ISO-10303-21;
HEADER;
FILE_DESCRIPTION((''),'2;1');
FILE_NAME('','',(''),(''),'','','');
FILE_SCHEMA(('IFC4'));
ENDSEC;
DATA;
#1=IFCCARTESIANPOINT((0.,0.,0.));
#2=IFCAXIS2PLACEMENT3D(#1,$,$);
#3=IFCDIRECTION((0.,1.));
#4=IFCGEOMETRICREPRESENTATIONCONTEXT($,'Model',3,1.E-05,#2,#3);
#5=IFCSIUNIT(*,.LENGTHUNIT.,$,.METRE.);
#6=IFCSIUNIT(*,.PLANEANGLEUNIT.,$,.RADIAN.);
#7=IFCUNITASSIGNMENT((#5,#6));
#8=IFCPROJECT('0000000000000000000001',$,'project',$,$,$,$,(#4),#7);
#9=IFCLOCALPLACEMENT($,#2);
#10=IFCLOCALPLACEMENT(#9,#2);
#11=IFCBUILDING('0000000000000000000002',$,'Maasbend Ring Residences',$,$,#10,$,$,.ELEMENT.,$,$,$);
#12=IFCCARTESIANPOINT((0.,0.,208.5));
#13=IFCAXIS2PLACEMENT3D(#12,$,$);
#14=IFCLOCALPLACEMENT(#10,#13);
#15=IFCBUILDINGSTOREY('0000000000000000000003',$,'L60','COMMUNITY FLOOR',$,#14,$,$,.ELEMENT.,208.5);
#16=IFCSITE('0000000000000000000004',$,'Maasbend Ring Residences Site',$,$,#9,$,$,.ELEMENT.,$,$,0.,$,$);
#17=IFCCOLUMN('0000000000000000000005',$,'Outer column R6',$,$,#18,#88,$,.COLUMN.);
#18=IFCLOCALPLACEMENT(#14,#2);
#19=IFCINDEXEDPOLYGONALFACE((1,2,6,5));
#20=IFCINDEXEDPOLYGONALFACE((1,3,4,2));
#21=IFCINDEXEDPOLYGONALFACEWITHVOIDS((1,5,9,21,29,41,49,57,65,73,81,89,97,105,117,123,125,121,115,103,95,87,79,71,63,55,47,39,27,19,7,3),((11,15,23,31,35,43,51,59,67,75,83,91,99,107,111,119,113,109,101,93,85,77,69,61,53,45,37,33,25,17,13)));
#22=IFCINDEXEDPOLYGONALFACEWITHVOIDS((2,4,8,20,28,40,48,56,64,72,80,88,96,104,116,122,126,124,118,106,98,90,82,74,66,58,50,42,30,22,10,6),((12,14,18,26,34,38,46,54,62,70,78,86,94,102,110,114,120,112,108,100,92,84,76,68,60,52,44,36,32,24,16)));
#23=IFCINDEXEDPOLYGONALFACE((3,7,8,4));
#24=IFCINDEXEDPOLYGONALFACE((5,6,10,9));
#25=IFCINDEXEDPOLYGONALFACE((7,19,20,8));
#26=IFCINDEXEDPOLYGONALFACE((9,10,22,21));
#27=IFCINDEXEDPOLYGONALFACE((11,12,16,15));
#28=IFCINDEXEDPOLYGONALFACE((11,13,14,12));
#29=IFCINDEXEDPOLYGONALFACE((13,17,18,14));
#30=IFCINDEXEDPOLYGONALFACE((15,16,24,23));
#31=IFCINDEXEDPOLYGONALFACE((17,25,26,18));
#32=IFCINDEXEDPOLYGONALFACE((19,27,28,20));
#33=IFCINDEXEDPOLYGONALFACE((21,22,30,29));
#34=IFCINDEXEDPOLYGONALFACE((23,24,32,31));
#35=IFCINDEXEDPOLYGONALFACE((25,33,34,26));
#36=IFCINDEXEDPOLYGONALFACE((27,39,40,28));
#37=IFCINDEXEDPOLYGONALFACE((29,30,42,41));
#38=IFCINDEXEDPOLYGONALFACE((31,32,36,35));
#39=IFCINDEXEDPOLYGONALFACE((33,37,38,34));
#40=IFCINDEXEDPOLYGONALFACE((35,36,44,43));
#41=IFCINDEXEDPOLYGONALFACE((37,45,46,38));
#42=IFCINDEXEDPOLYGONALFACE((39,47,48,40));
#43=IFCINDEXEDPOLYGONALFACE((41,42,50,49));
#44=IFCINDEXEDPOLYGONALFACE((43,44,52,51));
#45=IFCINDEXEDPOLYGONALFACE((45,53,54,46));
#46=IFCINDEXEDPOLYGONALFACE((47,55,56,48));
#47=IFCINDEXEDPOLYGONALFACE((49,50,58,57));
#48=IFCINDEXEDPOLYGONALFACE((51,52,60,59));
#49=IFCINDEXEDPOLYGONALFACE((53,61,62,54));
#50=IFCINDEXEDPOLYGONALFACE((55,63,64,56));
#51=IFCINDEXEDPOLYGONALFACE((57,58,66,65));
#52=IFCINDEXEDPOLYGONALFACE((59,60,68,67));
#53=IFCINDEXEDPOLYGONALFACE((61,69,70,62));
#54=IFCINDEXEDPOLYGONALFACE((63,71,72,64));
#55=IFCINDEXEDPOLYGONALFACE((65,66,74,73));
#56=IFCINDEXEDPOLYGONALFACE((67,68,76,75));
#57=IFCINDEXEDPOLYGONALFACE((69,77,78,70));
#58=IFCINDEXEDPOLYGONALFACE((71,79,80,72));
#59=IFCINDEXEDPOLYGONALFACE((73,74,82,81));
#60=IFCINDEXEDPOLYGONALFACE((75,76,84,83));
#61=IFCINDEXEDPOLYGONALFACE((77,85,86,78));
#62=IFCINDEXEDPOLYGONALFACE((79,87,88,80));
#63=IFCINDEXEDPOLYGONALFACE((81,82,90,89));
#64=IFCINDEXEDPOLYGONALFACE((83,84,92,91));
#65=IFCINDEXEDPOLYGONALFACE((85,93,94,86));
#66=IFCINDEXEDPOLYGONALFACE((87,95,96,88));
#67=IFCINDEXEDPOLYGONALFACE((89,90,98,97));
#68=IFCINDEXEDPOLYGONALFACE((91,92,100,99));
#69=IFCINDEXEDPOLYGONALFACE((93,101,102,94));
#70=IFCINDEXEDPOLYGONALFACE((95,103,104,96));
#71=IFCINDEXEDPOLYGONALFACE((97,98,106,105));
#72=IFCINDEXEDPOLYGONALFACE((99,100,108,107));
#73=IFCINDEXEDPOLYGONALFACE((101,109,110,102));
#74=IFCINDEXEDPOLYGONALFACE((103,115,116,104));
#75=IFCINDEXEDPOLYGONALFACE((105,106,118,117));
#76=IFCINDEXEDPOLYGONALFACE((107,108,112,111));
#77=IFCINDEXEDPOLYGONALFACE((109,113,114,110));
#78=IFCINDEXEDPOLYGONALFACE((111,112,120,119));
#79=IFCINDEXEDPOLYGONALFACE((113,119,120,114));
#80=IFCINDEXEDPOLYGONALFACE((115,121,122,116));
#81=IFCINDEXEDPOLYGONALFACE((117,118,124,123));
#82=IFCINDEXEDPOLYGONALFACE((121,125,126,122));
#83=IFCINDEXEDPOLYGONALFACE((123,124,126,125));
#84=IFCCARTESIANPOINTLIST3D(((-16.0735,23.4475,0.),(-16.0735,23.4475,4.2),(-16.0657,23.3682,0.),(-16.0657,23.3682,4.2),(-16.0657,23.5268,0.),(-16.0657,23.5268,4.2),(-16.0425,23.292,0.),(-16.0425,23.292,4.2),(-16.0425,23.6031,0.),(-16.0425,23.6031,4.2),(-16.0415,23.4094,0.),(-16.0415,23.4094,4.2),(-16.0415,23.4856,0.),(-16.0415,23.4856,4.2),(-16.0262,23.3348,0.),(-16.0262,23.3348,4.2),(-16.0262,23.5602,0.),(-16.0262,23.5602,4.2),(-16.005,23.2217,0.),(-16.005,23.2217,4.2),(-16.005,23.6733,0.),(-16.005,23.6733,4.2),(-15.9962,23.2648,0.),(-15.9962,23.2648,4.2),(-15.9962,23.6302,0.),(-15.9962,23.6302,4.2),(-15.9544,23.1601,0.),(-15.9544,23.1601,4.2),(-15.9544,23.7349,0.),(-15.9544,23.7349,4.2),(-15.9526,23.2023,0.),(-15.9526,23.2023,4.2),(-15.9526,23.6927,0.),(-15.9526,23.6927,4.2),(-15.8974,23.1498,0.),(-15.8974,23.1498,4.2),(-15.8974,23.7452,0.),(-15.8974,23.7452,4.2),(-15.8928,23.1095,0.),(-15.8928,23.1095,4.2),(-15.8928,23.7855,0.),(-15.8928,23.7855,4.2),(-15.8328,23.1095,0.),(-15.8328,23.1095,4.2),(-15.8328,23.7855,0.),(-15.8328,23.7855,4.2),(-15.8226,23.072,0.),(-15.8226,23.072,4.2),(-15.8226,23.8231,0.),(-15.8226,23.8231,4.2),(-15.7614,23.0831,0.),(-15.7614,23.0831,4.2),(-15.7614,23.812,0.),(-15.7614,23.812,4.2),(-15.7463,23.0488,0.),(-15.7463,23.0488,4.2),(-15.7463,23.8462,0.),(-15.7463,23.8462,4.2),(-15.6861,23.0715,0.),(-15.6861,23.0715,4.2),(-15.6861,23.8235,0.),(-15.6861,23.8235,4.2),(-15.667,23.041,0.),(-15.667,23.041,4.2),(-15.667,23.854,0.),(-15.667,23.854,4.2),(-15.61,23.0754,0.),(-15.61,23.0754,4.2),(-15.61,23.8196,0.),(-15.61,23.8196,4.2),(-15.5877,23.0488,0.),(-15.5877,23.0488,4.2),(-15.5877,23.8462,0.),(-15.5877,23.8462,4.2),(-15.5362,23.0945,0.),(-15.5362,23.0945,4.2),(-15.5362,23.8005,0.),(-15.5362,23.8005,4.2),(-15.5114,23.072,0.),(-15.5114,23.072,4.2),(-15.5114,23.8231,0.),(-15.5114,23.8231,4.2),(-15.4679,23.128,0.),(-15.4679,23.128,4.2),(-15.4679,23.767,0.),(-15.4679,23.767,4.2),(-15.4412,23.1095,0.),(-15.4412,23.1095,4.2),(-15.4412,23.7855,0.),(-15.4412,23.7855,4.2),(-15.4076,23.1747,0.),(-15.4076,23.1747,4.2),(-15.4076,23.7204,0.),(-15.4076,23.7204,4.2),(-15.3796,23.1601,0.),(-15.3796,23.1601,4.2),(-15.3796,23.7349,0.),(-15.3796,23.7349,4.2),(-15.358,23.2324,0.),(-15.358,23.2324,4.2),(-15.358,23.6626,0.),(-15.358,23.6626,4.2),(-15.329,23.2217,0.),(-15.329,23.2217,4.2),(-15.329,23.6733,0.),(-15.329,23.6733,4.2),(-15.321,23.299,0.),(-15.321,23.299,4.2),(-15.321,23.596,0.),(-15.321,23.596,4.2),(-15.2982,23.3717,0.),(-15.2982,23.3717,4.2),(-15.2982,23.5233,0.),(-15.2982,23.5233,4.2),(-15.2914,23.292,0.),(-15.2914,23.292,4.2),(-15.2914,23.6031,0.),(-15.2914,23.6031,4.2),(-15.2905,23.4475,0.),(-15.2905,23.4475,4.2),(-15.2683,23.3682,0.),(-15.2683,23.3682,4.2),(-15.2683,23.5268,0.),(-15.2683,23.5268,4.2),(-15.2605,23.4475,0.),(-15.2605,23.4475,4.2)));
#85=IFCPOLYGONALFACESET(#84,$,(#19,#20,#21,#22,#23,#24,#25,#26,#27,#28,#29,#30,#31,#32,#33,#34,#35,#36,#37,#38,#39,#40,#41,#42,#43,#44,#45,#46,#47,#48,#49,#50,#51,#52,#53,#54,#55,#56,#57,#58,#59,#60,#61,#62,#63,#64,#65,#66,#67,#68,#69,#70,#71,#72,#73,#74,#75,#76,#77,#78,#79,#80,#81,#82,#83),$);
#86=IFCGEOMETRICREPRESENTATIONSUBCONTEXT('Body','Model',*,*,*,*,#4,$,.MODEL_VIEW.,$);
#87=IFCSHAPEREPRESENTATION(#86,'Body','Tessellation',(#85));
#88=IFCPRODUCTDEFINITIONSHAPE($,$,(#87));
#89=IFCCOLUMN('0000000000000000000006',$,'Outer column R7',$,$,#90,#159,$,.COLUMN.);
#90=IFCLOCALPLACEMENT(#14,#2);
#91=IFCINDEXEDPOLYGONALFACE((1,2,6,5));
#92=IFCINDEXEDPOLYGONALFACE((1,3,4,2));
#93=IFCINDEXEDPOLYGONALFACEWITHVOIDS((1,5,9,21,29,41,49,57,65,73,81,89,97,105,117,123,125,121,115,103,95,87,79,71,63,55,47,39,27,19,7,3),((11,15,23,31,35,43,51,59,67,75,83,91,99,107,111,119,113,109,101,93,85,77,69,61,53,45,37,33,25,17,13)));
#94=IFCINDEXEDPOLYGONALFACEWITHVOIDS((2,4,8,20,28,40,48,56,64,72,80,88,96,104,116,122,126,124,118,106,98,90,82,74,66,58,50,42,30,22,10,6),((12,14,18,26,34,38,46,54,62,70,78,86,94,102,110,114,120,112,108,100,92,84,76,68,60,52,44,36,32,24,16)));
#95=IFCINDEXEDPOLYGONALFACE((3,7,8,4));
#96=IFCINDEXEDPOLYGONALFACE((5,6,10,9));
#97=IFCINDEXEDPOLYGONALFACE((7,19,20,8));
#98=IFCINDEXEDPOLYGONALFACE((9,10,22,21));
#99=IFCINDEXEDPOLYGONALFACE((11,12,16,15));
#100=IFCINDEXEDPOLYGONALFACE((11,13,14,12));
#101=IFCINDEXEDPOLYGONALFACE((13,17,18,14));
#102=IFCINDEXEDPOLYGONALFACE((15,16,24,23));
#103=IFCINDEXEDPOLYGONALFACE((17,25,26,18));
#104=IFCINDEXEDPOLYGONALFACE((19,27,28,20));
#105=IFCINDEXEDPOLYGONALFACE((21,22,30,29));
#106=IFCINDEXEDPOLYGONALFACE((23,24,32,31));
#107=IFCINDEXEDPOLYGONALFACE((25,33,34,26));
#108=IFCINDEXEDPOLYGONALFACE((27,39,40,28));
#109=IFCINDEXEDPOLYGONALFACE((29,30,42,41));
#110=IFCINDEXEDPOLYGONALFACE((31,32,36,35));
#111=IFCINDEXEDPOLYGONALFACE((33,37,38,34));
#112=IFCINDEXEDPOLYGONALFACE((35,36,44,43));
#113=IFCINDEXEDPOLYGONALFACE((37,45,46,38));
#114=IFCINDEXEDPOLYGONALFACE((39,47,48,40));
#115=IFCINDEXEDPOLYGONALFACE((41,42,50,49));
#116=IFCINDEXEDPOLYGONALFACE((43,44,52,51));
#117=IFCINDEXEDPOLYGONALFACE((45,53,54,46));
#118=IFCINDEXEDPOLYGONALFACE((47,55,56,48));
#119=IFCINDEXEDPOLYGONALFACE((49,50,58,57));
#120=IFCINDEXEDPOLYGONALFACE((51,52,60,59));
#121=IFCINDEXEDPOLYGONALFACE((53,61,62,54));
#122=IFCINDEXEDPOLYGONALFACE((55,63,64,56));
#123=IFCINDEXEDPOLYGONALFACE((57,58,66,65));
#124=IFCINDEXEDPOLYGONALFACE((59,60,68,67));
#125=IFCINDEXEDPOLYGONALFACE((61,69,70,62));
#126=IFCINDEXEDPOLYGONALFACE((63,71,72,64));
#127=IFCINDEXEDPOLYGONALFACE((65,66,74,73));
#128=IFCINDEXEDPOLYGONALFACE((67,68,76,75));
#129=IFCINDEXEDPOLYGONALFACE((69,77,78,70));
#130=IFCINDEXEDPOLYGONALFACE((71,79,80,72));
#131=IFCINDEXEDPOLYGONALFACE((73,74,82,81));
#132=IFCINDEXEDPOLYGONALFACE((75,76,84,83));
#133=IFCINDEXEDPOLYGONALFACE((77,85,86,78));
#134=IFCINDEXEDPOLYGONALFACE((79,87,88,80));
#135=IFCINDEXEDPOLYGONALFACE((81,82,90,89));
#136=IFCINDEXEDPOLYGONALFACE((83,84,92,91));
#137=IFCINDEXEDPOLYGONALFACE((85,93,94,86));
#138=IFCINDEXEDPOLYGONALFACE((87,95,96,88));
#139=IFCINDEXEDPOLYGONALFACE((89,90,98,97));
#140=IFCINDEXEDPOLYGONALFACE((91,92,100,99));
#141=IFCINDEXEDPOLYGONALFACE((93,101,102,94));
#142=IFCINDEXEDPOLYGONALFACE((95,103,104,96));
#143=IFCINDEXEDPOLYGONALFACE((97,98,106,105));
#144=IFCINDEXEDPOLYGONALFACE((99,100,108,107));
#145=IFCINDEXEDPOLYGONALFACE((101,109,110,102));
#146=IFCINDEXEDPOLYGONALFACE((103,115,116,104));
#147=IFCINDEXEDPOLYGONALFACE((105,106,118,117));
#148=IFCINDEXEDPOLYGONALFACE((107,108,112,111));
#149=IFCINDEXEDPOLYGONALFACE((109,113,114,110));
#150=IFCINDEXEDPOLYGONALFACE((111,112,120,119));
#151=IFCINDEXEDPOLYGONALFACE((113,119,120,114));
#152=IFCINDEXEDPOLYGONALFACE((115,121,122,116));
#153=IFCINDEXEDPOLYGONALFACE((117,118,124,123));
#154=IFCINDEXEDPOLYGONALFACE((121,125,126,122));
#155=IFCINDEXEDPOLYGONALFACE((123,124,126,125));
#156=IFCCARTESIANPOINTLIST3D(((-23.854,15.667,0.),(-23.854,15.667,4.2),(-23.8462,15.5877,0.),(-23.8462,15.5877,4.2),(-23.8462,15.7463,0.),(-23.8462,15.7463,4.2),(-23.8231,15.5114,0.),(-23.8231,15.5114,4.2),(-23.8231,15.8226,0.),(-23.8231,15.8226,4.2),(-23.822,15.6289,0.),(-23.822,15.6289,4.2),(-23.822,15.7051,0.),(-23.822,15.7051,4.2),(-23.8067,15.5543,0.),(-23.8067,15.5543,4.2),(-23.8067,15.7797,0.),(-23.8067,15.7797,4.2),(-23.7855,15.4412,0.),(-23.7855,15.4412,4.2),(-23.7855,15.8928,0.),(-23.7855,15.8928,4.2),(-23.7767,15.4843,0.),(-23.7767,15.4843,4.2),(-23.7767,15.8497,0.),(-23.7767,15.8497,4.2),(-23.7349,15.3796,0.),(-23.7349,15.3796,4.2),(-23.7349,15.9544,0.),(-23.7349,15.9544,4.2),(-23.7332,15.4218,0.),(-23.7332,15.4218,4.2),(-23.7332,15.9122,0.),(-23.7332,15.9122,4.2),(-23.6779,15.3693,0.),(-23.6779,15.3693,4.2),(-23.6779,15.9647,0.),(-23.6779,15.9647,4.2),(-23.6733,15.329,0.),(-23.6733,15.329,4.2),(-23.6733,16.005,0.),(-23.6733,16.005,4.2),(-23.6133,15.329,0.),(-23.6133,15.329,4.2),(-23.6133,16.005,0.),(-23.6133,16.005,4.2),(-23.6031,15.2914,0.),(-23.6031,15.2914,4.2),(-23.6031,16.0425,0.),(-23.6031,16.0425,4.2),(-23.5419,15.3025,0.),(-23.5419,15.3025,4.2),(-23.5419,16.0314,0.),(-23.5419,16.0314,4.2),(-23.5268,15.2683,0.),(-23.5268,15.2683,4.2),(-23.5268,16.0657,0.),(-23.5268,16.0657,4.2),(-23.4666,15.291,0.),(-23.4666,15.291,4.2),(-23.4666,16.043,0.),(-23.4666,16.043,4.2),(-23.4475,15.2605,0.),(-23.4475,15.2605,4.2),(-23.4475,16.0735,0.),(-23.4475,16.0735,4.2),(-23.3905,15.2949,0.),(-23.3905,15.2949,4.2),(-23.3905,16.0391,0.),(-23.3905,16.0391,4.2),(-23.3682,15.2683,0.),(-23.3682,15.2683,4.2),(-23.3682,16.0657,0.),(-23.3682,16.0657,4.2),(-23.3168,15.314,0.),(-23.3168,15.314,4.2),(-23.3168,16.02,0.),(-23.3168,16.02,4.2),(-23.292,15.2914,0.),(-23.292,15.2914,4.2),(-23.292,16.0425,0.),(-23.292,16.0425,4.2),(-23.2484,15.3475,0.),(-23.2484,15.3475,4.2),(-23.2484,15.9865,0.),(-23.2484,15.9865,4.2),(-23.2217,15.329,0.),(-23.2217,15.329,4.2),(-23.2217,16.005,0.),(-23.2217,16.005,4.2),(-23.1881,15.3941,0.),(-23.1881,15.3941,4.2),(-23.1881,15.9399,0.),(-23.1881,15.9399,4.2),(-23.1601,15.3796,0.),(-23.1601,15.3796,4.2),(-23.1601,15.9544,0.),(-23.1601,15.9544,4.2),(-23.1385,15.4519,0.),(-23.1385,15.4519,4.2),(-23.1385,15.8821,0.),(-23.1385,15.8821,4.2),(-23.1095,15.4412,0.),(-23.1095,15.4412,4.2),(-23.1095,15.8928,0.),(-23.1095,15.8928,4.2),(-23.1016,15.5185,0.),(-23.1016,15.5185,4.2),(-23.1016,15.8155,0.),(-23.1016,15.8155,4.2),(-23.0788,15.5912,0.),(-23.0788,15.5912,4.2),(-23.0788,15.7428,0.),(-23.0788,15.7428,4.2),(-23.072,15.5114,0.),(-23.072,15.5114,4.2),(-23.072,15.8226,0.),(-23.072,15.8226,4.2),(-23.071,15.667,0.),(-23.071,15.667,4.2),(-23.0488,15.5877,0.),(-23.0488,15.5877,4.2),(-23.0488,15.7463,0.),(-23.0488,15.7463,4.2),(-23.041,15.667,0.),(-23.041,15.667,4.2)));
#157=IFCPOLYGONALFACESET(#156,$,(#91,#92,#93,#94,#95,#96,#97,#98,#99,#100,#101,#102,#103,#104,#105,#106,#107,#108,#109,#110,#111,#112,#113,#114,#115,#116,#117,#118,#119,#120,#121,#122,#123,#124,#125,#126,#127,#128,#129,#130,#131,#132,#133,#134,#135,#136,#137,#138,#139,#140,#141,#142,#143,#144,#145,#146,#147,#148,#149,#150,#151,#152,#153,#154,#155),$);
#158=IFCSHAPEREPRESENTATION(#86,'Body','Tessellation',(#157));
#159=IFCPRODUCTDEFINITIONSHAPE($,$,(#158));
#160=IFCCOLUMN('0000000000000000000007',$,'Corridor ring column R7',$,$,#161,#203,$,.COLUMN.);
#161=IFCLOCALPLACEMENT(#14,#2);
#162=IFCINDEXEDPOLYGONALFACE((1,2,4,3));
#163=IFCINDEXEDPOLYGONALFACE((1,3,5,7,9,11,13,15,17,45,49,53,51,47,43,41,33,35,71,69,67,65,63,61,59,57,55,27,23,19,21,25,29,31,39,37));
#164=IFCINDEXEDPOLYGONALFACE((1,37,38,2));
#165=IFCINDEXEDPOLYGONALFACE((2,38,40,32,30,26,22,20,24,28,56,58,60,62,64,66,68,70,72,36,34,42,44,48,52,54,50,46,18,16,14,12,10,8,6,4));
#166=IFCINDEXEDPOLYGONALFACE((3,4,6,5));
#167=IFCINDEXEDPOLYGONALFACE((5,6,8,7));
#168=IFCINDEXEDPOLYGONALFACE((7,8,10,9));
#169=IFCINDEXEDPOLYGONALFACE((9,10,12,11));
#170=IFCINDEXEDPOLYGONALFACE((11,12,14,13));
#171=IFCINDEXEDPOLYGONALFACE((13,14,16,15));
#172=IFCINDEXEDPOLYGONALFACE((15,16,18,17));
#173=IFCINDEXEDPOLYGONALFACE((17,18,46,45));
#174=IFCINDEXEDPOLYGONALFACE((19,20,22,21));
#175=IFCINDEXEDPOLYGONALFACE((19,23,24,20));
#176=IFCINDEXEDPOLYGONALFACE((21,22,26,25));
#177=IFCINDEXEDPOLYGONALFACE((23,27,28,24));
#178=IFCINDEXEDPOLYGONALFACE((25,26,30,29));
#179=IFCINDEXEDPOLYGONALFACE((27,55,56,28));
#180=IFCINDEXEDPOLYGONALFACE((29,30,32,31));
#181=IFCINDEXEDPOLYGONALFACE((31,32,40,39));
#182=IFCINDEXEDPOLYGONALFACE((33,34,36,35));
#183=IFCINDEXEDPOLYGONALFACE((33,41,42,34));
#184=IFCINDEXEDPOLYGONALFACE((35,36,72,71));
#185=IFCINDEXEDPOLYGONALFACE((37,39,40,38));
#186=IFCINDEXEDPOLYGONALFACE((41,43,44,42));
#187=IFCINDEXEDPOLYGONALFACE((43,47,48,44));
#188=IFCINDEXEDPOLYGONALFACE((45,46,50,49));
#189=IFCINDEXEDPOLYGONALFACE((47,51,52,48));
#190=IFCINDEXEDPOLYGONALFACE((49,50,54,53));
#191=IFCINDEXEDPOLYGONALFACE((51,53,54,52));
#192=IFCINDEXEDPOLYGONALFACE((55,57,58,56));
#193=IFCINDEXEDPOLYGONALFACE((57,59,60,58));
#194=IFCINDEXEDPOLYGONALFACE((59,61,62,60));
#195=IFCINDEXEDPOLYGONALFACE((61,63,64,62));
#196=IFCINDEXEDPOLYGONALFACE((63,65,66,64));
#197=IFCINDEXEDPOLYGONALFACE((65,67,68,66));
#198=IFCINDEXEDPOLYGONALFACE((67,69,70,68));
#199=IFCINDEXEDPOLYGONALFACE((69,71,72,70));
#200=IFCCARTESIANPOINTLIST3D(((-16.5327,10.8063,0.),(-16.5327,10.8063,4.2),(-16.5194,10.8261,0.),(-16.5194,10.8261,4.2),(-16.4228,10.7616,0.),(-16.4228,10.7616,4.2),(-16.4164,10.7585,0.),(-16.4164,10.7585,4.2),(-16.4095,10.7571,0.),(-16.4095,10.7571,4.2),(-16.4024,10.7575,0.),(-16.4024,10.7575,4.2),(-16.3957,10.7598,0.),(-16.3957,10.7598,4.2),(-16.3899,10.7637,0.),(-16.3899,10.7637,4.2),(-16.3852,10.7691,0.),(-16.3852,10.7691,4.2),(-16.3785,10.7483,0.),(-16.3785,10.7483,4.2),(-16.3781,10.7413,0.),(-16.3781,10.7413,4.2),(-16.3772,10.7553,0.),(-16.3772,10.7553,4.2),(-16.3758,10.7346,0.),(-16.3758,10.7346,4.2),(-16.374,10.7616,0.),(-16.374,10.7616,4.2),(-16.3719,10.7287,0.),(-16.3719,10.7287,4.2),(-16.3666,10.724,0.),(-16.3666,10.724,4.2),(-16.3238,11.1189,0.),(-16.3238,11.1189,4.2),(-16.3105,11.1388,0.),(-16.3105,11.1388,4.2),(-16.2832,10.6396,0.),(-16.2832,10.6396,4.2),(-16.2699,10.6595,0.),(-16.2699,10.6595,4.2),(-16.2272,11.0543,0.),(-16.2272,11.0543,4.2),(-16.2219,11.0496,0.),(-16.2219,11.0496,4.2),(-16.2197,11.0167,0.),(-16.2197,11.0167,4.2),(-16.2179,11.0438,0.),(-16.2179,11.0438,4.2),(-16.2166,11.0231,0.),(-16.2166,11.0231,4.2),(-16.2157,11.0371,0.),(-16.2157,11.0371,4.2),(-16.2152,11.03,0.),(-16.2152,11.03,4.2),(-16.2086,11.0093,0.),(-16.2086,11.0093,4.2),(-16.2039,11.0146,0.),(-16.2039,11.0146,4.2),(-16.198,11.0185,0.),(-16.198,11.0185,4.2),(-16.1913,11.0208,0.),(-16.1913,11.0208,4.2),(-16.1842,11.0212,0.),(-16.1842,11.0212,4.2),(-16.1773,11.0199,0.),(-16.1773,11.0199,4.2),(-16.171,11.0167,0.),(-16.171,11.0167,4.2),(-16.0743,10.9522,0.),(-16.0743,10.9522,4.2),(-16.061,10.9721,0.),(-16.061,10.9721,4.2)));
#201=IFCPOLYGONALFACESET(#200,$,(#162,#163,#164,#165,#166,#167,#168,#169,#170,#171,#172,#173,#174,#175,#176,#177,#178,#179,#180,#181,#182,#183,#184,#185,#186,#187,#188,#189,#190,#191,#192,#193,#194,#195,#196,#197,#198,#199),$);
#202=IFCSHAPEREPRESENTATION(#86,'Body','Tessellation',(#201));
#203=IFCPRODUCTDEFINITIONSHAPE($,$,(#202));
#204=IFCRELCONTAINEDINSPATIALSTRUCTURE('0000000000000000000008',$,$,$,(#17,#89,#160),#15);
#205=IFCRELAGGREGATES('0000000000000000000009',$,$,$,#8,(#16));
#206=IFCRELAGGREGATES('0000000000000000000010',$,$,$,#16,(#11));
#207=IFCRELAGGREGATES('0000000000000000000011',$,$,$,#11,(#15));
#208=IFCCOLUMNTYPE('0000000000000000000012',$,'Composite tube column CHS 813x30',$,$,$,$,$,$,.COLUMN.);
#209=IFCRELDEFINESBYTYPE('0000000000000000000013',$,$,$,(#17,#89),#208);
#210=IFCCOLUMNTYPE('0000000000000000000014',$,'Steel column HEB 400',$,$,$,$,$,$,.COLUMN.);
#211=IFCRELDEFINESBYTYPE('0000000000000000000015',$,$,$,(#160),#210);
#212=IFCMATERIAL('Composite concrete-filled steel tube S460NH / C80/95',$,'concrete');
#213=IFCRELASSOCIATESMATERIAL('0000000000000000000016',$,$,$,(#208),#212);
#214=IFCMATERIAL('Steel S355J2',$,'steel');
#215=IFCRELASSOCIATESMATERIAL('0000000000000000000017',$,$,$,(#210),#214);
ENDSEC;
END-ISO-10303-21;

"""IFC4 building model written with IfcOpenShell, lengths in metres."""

from ifc_helpers import new_model, si_unit, direction, frame, origin, origin_2d, place, context, subcontext, project, spatial, hollow_circle, i_section, extrude, material, material_profile, profile_set, type_object, element, save


model = new_model("IFC4")

# Units and contexts
model_context = context("Model", 3, precision=1e-05, world=origin(), true_north=direction((0.0, 1.0)))
body_context = subcontext(model_context, "Body", "Model", "MODEL_VIEW")
ifc_project = project(units=[si_unit("LENGTHUNIT", "METRE"), si_unit("PLANEANGLEUNIT", "RADIAN")], contexts=[model_context])

# Site, building, storey
site_placement = place(None, origin())
site = spatial("IfcSite", under=ifc_project, at=site_placement, Name="Maasbend Ring Residences Site", CompositionType="ELEMENT", RefElevation=0.0)
building_placement = place(site_placement, origin())
building = spatial("IfcBuilding", under=site, at=building_placement, Name="Maasbend Ring Residences", CompositionType="ELEMENT")
storey_placement = place(building_placement, frame((0.0, 0.0, 208.5)))
storey = spatial("IfcBuildingStorey", under=building, at=storey_placement, Name="L60", Description="COMMUNITY FLOOR", CompositionType="ELEMENT", Elevation=208.5)

# Columns
ifc_material_1 = material(Name="Composite concrete-filled steel tube S460NH / C80/95", Category="concrete")
ifc_material_profile_1 = material_profile(ifc_material_1, hollow_circle(Radius=0.4065, WallThickness=0.03, at=origin_2d()), Name="Composite tube column CHS 813x30")
ifc_profile_set_1 = profile_set([ifc_material_profile_1], Name="Composite concrete-filled steel tube S460NH / C80/95")
column_type_1 = type_object("IfcColumnType", Name="Composite tube column CHS 813x30", PredefinedType="COLUMN", material=ifc_profile_set_1)
for number, where, z_axis, x_axis, name in (
    (1, (-15.667, 23.4475, 0.0), (0.0, 0.0, 1.0), (1.0, 0.0, 0.0), "Outer column R6"),
    (2, (-23.4475, 15.667, 0.0), (0.0, 0.0, 1.0), (1.0, 0.0, 0.0), "Outer column R7"),
):
    element("IfcColumn", number, at=place(storey_placement, frame(where, z_axis=z_axis, x_axis=x_axis)), inside=storey, type_object=column_type_1, Name=name, PredefinedType="COLUMN", context=body_context, shape_type="SweptSolid", body=[
        extrude(hollow_circle(Radius=0.4065, WallThickness=0.03, at=origin_2d()), origin(), (0.0, 0.0, 1.0), 4.2),
    ])
ifc_material_2 = material(Name="Steel S355J2", Category="steel")
ifc_material_profile_2 = material_profile(ifc_material_2, i_section(OverallWidth=0.3, OverallDepth=0.3999, WebThickness=0.0134, FlangeThickness=0.0239, FilletRadius=0.0271, at=origin_2d()), Name="HEB 400")
ifc_profile_set_2 = profile_set([ifc_material_profile_2], Name="Steel S355J2")
column_type_2 = type_object("IfcColumnType", Name="Steel column HEB 400", PredefinedType="COLUMN", material=ifc_profile_set_2)
column_placement = place(storey_placement, frame((-16.2969, 10.8892, 0.0), z_axis=(0.0, 0.0, 1.0), x_axis=(-0.83147, 0.55557, 0.0)))
element("IfcColumn", 3, at=column_placement, inside=storey, type_object=column_type_2, Name="Corridor ring column R7", PredefinedType="COLUMN", context=body_context, shape_type="SweptSolid", body=[
    extrude(i_section(OverallWidth=0.3, OverallDepth=0.3999, WebThickness=0.0134, FlangeThickness=0.0239, FilletRadius=0.0271, at=origin_2d()), origin(), (0.0, 0.0, 1.0), 4.2),
])

save(model, "model.ifc")
